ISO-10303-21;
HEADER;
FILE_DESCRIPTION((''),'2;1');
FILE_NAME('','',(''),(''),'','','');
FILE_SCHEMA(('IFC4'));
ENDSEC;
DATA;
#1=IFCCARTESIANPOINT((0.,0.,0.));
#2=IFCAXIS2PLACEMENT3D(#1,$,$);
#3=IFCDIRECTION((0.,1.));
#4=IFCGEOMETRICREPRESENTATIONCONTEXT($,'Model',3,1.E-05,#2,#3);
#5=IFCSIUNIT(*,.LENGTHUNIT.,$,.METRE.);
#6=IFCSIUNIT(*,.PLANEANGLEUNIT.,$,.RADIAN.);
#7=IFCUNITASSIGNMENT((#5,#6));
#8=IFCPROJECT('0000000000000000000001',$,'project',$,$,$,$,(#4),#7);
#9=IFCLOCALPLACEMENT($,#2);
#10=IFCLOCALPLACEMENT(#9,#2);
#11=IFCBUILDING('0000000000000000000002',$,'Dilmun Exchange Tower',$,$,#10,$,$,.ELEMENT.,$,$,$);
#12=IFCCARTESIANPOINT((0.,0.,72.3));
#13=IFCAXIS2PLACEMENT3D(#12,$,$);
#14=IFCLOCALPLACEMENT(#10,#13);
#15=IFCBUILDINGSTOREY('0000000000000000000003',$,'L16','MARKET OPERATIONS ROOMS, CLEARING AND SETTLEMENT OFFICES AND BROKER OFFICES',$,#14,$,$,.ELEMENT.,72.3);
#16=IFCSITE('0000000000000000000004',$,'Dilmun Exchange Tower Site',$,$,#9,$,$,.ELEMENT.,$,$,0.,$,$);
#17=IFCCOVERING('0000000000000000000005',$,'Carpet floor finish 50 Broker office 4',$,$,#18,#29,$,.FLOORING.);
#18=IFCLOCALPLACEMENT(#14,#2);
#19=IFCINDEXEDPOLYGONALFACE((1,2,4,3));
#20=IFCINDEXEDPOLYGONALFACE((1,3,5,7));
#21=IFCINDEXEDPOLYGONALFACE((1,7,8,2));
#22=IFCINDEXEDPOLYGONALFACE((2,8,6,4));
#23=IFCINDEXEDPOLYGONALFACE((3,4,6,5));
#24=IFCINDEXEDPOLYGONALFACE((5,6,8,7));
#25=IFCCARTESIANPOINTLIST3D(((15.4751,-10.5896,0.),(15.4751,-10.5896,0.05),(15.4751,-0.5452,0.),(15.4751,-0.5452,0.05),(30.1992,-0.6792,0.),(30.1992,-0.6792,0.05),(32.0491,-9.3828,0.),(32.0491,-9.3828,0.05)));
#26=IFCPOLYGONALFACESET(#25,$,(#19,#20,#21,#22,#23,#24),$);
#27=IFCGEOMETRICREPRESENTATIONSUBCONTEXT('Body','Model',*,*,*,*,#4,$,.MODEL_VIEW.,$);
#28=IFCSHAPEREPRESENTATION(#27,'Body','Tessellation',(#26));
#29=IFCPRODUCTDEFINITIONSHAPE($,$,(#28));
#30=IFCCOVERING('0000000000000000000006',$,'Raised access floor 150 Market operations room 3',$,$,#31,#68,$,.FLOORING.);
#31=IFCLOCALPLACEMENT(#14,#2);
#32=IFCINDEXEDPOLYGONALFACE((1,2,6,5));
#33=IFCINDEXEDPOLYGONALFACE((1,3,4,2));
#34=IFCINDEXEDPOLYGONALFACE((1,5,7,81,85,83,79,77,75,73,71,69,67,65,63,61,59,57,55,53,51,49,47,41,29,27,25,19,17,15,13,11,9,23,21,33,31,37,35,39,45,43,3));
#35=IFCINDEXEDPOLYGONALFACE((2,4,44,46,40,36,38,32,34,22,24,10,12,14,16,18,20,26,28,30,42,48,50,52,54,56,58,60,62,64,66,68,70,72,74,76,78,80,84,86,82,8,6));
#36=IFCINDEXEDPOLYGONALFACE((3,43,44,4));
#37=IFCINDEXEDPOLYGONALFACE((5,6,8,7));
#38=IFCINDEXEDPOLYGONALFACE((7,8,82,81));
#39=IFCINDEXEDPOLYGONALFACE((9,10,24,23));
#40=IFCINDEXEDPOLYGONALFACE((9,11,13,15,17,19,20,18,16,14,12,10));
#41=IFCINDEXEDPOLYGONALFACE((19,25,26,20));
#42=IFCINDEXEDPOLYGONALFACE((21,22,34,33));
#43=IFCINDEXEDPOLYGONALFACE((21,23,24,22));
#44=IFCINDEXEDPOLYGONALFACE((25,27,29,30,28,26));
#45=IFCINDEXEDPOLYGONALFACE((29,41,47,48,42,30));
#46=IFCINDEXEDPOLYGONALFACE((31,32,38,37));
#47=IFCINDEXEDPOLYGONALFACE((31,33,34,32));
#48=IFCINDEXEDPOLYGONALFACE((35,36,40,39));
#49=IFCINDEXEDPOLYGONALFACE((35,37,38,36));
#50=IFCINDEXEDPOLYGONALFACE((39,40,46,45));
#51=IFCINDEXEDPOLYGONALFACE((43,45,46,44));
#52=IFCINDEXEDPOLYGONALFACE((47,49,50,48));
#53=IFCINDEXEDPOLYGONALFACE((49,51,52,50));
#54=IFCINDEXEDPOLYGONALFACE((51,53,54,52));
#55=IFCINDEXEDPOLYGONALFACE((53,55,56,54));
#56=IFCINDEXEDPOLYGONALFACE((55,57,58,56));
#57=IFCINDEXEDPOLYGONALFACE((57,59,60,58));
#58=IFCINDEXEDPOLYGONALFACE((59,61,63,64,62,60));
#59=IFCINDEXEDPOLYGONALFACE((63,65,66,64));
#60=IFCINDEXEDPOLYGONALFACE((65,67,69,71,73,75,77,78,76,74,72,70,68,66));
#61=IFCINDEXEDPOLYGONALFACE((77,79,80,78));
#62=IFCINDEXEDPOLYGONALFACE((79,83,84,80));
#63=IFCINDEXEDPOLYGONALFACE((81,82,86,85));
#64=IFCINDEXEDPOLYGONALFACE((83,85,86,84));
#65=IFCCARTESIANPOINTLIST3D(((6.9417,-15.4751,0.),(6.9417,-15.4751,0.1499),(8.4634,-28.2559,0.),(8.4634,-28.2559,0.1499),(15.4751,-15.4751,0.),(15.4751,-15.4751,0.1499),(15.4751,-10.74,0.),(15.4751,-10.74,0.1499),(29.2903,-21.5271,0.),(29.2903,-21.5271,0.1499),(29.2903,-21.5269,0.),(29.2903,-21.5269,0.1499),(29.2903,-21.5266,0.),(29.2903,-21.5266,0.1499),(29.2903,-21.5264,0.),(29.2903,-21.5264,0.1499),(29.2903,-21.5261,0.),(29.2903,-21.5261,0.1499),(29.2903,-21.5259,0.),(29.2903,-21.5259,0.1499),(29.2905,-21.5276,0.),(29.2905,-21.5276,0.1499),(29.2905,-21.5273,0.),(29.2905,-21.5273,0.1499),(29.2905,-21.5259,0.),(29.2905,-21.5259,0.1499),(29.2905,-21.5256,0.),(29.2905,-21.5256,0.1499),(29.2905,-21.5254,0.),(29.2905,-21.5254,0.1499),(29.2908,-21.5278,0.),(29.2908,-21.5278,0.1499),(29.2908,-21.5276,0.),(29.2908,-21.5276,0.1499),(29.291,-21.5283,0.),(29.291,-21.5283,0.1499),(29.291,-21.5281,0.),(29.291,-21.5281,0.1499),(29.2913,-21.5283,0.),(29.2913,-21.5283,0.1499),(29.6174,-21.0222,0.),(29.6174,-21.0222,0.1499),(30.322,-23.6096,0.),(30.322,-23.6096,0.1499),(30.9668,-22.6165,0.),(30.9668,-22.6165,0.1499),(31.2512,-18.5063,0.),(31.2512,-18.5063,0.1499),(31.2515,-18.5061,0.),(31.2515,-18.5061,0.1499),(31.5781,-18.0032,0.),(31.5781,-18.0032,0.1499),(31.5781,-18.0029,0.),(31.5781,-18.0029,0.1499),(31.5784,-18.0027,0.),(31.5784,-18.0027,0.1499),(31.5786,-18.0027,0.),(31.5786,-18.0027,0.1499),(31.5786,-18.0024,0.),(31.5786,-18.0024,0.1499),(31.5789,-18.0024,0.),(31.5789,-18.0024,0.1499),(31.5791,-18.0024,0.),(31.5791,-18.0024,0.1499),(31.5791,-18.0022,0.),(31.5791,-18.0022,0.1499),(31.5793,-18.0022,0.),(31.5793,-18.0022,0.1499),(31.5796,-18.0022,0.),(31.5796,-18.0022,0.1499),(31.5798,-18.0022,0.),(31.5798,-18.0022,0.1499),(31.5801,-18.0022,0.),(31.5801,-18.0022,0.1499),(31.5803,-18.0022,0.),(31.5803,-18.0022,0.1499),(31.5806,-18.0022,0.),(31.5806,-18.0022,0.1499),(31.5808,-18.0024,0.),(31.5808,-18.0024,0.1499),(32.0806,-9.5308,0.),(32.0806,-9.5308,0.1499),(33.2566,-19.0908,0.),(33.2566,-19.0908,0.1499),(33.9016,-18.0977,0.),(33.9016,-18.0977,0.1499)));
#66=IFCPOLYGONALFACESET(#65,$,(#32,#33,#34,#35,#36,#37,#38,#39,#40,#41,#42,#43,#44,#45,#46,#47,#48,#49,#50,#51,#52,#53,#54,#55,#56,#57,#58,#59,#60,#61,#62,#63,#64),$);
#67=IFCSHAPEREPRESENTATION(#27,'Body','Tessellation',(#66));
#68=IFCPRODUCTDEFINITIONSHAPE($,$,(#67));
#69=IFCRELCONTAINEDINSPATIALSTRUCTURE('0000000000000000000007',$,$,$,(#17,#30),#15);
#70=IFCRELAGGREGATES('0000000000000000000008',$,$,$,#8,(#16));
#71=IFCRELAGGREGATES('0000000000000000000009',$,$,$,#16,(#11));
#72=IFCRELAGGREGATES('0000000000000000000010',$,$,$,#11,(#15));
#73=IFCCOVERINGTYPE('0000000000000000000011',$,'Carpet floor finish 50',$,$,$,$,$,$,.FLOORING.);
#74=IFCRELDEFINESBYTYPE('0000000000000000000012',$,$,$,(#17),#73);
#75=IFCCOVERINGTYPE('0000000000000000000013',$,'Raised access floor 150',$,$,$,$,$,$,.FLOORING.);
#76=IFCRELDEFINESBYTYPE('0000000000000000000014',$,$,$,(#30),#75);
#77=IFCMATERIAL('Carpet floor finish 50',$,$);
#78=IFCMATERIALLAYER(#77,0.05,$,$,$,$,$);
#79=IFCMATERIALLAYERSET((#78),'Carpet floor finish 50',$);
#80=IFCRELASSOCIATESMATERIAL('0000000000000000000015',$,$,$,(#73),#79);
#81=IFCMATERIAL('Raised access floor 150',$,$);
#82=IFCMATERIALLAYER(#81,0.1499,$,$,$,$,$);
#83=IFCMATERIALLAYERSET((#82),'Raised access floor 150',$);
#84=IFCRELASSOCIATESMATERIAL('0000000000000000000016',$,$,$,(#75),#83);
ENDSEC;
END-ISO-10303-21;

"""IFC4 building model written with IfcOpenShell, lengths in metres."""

from ifc_helpers import new_model, si_unit, direction, frame, origin, place, context, subcontext, project, spatial, polyline, outline, extrude, material, layer, layer_set, type_object, element, save


model = new_model("IFC4")

# Units and contexts
model_context = context("Model", 3, precision=1e-05, world=origin(), true_north=direction((0.0, 1.0)))
body_context = subcontext(model_context, "Body", "Model", "MODEL_VIEW")
ifc_project = project(units=[si_unit("LENGTHUNIT", "METRE"), si_unit("PLANEANGLEUNIT", "RADIAN")], contexts=[model_context])

# Site, building, storey
site_placement = place(None, origin())
site = spatial("IfcSite", under=ifc_project, at=site_placement, Name="Dilmun Exchange Tower Site", CompositionType="ELEMENT", RefElevation=0.0)
building_placement = place(site_placement, origin())
building = spatial("IfcBuilding", under=site, at=building_placement, Name="Dilmun Exchange Tower", CompositionType="ELEMENT")
storey_placement = place(building_placement, frame((0.0, 0.0, 72.3)))
storey = spatial("IfcBuildingStorey", under=building, at=storey_placement, Name="L16", Description="MARKET OPERATIONS ROOMS, CLEARING AND SETTLEMENT OFFICES AND BROKER OFFICES", CompositionType="ELEMENT", Elevation=72.3)

# Coverings
ifc_material_1 = material(Name="Carpet floor finish 50")
ifc_layer_1 = layer(ifc_material_1, 0.05)
ifc_layer_set_1 = layer_set([ifc_layer_1], Name="Carpet floor finish 50")
covering_type_1 = type_object("IfcCoveringType", Name="Carpet floor finish 50", PredefinedType="FLOORING", material=ifc_layer_set_1)
covering_1_placement = place(storey_placement, origin())
element("IfcCovering", 1, at=covering_1_placement, inside=storey, type_object=covering_type_1, Name="Carpet floor finish 50 Broker office 4", PredefinedType="FLOORING", context=body_context, shape_type="SweptSolid", body=[
    extrude(outline(polyline([(15.4751, -10.5896), (15.4751, -0.5452), (30.1992, -0.6792), (32.0491, -9.3828), (15.4751, -10.5896)])), origin(), (0.0, 0.0, 1.0), 0.05),
])
ifc_material_2 = material(Name="Raised access floor 150")
ifc_layer_2 = layer(ifc_material_2, 0.1499)
ifc_layer_set_2 = layer_set([ifc_layer_2], Name="Raised access floor 150")
covering_type_2 = type_object("IfcCoveringType", Name="Raised access floor 150", PredefinedType="FLOORING", material=ifc_layer_set_2)
covering_2_placement = place(storey_placement, origin())
element("IfcCovering", 2, at=covering_2_placement, inside=storey, type_object=covering_type_2, Name="Raised access floor 150 Market operations room 3", PredefinedType="FLOORING", context=body_context, shape_type="SweptSolid", body=[
    extrude(outline(polyline([(6.9417, -15.4751), (15.4751, -15.4751), (15.4751, -10.74), (32.0806, -9.5308), (33.9016, -18.0977), (33.2566, -19.0908), (31.5808, -18.0024), (31.5808, -18.0024), (31.5806, -18.0022), (31.5803, -18.0022), (31.5801, -18.0022), (31.5801, -18.0022), (31.5798, -18.0022), (31.5796, -18.0022), (31.5793, -18.0022), (31.5791, -18.0022), (31.5791, -18.0024), (31.5789, -18.0024), (31.5786, -18.0024), (31.5786, -18.0027), (31.5784, -18.0027), (31.5781, -18.0029), (31.5781, -18.0032), (31.2515, -18.5061), (31.2512, -18.5063), (29.6174, -21.0222), (29.2905, -21.5254), (29.2905, -21.5256), (29.2905, -21.5259), (29.2903, -21.5259), (29.2903, -21.5261), (29.2903, -21.5264), (29.2903, -21.5266), (29.2903, -21.5269), (29.2903, -21.5271), (29.2903, -21.5271), (29.2905, -21.5273), (29.2905, -21.5276), (29.2908, -21.5276), (29.2908, -21.5278), (29.291, -21.5281), (29.291, -21.5283), (29.2913, -21.5283), (30.9668, -22.6165), (30.322, -23.6096), (8.4634, -28.2559), (6.9417, -15.4751)])), origin(), (0.0, 0.0, 1.0), 0.1499),
])

save(model, "model.ifc")
